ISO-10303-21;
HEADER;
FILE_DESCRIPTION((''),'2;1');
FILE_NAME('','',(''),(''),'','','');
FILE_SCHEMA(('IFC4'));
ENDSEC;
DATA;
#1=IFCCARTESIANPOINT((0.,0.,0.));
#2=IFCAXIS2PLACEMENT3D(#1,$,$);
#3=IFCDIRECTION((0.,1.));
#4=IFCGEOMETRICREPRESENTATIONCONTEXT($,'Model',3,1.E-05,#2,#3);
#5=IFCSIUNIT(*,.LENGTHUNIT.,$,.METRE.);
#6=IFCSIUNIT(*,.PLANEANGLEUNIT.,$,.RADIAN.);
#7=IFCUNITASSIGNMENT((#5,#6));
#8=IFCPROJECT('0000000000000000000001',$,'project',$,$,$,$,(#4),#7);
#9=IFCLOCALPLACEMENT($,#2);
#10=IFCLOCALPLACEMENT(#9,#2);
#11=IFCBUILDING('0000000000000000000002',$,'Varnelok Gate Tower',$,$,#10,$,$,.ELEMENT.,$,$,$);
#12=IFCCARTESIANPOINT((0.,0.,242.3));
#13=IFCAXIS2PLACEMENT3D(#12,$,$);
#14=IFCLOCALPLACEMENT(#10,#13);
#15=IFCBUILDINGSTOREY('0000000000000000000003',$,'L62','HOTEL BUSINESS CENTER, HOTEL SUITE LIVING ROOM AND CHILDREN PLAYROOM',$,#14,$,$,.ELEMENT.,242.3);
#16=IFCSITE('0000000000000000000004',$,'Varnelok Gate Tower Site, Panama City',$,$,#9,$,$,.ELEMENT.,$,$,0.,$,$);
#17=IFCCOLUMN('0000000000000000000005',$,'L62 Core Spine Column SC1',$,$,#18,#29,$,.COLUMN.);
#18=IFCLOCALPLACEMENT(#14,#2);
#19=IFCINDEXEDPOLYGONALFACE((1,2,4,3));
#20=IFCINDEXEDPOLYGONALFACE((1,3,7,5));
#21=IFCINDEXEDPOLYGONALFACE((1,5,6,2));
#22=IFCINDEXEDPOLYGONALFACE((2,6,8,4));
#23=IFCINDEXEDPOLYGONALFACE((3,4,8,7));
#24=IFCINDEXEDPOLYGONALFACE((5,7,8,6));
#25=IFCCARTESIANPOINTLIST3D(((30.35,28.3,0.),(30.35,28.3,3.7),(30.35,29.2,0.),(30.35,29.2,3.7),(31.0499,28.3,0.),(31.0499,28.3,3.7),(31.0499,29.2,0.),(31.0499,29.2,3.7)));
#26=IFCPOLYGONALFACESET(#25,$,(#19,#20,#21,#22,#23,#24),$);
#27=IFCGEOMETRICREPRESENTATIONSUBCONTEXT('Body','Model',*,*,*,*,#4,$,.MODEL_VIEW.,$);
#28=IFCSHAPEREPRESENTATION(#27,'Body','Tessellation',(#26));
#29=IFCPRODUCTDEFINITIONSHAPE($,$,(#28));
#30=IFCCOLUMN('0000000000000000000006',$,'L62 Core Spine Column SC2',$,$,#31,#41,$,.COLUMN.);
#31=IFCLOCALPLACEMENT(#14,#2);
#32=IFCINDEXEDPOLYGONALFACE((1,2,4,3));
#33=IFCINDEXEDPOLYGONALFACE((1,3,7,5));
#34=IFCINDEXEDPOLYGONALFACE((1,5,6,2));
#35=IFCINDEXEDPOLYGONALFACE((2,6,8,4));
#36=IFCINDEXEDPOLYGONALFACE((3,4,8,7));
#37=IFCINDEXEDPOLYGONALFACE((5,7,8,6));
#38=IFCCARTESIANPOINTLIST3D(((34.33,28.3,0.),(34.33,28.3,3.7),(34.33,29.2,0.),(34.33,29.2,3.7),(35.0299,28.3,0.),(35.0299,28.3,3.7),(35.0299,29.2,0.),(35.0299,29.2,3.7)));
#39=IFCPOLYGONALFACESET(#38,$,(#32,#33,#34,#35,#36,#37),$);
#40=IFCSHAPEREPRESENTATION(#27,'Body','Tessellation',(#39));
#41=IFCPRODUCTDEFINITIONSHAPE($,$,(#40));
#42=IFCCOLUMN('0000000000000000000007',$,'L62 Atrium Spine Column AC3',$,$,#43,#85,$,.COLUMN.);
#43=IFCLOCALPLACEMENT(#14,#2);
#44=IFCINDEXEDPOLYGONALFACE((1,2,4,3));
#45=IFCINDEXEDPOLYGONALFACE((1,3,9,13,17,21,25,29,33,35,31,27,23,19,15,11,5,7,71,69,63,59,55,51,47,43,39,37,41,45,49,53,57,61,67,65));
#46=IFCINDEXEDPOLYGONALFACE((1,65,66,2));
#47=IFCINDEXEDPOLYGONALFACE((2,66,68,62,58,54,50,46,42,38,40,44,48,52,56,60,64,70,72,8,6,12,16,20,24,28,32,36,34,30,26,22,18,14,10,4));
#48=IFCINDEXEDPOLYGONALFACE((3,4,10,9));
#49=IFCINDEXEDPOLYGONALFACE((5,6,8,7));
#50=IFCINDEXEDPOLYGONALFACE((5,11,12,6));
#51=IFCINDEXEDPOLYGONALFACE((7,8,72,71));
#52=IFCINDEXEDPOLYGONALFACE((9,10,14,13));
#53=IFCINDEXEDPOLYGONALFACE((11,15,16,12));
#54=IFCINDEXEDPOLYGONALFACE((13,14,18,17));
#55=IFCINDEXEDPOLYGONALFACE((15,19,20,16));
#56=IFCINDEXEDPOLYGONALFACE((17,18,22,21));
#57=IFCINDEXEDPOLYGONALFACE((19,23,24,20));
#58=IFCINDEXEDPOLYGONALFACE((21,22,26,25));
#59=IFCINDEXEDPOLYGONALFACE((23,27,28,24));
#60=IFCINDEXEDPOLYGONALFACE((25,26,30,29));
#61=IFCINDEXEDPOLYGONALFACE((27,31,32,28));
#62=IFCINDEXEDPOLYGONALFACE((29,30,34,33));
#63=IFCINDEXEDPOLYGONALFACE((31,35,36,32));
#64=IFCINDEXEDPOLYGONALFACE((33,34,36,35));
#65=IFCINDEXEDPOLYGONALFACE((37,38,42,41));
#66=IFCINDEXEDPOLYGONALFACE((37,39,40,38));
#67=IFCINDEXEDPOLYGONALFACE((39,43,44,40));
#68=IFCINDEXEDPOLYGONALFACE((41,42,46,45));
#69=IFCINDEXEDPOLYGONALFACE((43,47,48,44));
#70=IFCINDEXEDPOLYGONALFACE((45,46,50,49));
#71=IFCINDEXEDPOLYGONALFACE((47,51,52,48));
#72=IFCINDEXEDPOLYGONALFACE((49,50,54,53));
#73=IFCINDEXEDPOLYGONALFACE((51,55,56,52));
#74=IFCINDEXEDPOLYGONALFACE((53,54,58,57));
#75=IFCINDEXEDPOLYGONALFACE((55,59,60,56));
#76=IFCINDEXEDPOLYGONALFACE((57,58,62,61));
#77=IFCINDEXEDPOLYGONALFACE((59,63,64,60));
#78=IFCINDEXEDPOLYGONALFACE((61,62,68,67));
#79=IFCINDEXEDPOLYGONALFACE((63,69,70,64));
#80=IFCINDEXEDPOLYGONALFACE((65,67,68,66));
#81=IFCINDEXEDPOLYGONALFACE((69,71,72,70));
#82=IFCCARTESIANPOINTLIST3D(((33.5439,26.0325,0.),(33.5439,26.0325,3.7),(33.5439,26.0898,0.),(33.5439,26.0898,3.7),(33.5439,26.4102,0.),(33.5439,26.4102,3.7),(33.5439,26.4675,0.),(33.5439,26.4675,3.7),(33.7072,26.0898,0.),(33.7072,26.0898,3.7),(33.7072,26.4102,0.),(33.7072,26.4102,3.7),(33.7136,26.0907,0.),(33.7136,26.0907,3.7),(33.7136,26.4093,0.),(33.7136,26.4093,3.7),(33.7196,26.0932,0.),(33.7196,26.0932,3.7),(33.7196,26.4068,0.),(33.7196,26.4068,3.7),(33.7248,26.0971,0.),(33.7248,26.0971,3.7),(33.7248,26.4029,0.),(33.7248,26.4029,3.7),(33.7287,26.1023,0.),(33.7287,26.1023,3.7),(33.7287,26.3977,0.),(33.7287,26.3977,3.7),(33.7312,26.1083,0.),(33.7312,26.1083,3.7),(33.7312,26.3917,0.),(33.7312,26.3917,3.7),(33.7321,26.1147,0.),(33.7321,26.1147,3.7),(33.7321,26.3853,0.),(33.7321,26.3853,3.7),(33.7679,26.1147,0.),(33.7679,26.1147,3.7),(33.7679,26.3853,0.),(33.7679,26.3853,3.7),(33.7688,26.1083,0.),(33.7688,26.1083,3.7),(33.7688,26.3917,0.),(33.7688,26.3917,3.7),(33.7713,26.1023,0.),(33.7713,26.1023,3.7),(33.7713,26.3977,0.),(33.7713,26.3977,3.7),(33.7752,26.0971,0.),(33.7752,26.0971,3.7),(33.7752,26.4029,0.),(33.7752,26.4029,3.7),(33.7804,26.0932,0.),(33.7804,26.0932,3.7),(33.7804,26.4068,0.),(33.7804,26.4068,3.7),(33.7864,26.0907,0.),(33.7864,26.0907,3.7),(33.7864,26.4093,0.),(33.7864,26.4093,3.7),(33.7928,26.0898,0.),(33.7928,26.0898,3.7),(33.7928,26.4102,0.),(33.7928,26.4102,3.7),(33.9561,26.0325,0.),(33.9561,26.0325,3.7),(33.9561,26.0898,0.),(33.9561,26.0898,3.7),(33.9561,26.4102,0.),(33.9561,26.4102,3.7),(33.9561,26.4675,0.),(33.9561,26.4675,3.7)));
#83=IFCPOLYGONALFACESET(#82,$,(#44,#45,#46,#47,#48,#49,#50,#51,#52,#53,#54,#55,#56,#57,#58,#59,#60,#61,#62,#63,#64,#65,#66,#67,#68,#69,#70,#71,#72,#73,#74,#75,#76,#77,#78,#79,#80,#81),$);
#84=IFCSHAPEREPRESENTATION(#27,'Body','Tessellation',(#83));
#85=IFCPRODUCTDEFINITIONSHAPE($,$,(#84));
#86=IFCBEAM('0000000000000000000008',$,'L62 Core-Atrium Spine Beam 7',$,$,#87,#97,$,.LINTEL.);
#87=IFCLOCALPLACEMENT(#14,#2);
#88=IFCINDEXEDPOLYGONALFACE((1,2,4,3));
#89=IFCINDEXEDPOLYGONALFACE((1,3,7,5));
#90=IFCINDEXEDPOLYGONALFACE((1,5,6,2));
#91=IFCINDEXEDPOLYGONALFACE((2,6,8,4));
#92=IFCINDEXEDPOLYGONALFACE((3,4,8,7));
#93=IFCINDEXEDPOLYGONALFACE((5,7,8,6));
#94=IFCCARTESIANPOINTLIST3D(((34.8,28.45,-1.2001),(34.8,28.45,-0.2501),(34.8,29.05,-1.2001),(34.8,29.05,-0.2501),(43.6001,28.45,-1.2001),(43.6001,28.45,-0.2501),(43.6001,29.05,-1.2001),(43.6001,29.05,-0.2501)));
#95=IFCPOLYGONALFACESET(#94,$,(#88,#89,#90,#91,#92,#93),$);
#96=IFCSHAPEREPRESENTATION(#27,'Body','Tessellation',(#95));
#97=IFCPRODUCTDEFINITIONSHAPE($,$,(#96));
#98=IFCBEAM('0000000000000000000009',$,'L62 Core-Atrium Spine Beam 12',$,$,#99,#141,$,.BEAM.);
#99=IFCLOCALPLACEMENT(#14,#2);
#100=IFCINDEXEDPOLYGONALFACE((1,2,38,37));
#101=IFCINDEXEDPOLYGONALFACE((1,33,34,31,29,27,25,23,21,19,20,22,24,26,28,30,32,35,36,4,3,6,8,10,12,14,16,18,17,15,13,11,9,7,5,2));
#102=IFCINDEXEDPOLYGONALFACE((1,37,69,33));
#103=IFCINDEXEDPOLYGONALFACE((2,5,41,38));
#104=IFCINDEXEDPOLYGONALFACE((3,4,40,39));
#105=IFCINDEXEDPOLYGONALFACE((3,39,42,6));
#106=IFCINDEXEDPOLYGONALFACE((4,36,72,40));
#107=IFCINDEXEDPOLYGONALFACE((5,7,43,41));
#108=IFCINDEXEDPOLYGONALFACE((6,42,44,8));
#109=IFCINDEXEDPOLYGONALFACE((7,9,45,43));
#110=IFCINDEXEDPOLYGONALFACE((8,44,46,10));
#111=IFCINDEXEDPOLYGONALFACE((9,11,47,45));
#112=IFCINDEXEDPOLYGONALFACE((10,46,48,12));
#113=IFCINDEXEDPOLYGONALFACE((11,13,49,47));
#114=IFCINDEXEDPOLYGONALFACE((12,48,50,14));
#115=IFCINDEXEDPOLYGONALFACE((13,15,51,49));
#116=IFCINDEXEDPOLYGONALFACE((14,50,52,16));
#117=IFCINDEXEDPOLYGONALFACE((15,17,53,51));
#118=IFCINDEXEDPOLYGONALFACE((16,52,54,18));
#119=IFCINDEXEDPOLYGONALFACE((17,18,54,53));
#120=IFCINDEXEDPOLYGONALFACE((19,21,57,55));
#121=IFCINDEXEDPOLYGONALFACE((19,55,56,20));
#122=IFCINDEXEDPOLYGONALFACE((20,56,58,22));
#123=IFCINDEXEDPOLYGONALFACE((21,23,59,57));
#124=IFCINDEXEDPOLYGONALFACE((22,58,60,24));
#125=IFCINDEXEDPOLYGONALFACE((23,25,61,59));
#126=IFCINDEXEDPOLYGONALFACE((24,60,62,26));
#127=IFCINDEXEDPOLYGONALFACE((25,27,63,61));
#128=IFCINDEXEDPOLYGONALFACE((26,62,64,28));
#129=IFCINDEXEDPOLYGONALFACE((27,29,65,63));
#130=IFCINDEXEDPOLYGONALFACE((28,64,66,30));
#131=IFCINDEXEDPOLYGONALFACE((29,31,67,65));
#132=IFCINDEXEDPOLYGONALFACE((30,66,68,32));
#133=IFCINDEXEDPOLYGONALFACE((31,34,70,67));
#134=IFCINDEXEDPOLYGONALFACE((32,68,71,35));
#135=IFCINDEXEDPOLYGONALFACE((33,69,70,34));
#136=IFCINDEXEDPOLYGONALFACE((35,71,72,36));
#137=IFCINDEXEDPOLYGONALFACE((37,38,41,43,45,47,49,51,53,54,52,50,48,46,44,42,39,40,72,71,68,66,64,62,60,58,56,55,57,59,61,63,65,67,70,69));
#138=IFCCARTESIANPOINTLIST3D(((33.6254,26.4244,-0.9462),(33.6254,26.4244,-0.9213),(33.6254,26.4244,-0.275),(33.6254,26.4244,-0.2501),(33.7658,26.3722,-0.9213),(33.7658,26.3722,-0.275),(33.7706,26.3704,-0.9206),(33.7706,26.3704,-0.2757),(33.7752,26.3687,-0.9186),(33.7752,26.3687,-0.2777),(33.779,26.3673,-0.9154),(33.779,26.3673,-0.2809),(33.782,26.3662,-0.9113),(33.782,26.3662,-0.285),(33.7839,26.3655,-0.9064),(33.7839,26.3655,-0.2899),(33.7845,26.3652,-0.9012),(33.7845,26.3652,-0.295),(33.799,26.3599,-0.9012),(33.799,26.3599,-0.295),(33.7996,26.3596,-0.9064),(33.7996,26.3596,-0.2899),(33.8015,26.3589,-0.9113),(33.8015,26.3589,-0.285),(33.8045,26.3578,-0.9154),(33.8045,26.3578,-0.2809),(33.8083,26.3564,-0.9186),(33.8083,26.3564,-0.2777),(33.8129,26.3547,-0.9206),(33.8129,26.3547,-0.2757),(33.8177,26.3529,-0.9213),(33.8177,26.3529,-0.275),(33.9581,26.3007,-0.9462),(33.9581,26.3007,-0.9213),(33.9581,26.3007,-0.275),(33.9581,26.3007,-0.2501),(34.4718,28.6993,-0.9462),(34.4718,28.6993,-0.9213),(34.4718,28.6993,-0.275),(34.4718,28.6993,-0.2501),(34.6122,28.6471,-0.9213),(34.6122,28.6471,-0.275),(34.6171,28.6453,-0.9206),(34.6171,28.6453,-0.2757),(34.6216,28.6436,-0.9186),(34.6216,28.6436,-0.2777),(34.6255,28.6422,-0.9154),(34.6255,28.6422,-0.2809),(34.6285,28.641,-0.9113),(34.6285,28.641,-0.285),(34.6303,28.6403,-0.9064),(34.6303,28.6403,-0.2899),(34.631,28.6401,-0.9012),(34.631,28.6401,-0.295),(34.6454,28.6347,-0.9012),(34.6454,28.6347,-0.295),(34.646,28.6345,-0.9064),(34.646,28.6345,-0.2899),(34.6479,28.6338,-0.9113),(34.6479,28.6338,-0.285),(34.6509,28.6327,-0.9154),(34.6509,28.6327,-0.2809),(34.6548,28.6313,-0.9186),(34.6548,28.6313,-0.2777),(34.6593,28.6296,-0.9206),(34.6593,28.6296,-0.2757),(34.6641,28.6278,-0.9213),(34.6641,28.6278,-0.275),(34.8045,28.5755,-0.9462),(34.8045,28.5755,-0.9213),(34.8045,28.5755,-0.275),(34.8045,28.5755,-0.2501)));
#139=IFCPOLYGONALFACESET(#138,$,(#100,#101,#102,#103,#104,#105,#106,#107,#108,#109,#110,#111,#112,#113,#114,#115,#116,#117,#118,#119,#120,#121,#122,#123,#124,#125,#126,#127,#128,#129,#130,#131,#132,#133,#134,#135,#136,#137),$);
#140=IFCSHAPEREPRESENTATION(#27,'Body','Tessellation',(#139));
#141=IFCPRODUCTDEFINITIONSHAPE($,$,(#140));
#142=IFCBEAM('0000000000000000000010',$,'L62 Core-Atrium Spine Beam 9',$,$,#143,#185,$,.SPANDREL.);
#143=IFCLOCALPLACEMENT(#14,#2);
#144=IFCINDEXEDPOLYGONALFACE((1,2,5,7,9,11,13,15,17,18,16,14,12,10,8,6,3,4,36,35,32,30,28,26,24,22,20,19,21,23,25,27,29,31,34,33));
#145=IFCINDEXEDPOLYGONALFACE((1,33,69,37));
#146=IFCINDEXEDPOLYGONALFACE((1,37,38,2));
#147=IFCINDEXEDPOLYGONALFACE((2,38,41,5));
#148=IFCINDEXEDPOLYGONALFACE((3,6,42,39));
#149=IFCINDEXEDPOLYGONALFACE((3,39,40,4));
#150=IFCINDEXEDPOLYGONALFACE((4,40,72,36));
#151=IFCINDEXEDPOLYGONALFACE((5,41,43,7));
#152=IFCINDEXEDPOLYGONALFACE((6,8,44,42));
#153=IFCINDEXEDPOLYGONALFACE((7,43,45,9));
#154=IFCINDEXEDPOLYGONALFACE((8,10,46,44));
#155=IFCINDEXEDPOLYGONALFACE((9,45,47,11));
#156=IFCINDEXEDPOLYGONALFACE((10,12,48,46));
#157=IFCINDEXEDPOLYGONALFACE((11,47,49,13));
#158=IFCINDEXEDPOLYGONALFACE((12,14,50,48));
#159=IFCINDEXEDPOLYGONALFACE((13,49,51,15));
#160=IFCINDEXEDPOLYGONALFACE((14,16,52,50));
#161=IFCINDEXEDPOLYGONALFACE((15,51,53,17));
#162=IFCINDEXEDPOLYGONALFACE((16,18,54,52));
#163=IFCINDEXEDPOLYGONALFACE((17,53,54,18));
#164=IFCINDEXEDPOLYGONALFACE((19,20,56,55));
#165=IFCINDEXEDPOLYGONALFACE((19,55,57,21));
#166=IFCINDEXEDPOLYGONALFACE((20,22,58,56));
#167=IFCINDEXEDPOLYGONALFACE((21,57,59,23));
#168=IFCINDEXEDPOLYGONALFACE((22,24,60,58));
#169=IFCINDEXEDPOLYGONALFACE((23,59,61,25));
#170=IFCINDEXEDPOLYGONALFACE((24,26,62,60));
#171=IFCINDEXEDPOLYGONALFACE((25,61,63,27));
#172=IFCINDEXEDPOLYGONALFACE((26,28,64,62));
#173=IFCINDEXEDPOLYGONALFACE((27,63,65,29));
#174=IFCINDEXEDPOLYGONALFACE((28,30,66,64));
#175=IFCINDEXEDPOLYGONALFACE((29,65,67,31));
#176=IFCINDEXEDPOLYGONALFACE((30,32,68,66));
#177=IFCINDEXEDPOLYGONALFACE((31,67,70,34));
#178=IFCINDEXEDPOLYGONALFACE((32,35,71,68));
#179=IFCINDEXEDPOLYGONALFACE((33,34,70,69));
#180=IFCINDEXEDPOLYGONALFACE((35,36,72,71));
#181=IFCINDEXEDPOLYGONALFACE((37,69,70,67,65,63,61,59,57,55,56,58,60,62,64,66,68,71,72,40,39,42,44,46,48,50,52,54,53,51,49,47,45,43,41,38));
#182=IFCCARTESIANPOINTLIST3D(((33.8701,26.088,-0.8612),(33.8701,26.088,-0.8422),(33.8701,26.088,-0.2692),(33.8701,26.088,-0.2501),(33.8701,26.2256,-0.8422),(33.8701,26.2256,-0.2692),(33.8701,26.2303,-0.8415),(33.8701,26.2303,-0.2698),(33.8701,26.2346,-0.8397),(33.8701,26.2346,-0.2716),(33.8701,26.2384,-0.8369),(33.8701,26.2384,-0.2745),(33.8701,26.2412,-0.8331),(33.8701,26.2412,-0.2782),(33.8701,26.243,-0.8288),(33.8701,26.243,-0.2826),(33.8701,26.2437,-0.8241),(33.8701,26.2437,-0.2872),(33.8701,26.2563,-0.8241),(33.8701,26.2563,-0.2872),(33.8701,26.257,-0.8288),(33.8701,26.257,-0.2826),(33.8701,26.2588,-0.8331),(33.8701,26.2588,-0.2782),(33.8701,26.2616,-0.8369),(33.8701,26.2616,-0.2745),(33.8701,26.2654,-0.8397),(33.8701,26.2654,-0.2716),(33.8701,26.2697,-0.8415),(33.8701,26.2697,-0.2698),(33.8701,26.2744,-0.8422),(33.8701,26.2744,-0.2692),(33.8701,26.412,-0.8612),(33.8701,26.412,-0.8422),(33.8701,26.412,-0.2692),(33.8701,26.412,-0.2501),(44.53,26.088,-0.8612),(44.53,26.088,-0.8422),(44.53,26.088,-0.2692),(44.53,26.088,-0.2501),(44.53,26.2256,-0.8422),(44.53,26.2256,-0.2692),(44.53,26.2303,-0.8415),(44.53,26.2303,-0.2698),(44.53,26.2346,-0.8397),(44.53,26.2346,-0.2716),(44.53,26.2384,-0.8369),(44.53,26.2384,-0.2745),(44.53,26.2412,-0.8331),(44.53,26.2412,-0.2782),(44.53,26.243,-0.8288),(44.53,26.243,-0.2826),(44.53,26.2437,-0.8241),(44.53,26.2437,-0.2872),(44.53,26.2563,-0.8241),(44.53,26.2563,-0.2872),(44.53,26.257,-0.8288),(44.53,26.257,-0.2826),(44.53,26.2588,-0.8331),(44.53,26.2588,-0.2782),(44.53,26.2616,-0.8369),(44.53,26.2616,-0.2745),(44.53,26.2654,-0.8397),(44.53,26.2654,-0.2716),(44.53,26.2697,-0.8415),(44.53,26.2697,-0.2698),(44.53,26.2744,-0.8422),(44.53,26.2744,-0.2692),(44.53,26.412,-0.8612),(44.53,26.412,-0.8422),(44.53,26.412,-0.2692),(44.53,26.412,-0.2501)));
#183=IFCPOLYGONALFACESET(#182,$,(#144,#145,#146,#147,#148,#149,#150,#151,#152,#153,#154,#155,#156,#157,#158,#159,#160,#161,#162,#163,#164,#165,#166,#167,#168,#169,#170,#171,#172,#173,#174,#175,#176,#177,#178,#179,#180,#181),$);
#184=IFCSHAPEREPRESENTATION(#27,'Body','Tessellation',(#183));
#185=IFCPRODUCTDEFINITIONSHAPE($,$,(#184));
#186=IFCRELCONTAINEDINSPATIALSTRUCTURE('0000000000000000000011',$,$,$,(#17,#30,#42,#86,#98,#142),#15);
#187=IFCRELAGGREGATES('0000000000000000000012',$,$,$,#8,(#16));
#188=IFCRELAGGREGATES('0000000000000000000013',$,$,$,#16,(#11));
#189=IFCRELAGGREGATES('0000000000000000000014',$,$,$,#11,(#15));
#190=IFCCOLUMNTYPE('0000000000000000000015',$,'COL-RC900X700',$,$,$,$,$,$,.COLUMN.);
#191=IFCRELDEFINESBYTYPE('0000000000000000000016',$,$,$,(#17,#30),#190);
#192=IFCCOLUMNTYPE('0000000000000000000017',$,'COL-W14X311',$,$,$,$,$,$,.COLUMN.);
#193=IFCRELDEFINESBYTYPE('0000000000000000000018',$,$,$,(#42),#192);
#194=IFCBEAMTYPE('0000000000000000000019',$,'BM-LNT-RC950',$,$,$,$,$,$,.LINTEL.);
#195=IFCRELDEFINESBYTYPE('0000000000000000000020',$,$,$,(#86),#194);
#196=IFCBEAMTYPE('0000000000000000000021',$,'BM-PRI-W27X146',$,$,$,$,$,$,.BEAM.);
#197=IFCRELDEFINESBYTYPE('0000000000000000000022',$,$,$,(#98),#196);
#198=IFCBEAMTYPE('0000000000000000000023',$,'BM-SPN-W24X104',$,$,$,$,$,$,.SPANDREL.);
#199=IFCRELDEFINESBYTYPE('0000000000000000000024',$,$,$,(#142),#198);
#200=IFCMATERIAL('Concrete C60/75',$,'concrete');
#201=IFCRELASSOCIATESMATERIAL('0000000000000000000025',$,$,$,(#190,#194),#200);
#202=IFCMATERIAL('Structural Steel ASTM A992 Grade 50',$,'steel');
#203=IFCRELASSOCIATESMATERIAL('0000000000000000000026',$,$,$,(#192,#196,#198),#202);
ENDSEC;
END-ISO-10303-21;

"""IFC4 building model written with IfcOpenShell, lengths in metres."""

from ifc_helpers import new_model, si_unit, direction, frame, origin, origin_2d, place, context, subcontext, project, spatial, rectangle, i_section, extrude, material, material_profile, profile_set, type_object, element, save


model = new_model("IFC4")

# Units and contexts
model_context = context("Model", 3, precision=1e-05, world=origin(), true_north=direction((0.0, 1.0)))
body_context = subcontext(model_context, "Body", "Model", "MODEL_VIEW")
ifc_project = project(units=[si_unit("LENGTHUNIT", "METRE"), si_unit("PLANEANGLEUNIT", "RADIAN")], contexts=[model_context])

# Site, building, storey
site_placement = place(None, origin())
site = spatial("IfcSite", under=ifc_project, at=site_placement, Name="Varnelok Gate Tower Site, Panama City", CompositionType="ELEMENT", RefElevation=0.0)
building_placement = place(site_placement, origin())
building = spatial("IfcBuilding", under=site, at=building_placement, Name="Varnelok Gate Tower", CompositionType="ELEMENT")
storey_placement = place(building_placement, frame((0.0, 0.0, 242.3)))
storey = spatial("IfcBuildingStorey", under=building, at=storey_placement, Name="L62", Description="HOTEL BUSINESS CENTER, HOTEL SUITE LIVING ROOM AND CHILDREN PLAYROOM", CompositionType="ELEMENT", Elevation=242.3)

# Columns
ifc_material_1 = material(Name="Concrete C60/75", Category="concrete")
ifc_material_profile_1 = material_profile(ifc_material_1, rectangle(XDim=0.7, YDim=0.8999, at=origin_2d()), Name="RC900X700")
ifc_profile_set_1 = profile_set([ifc_material_profile_1], Name="Concrete C60/75")
column_type_1 = type_object("IfcColumnType", Name="COL-RC900X700", PredefinedType="COLUMN", material=ifc_profile_set_1)
for number, where, z_axis, x_axis, name in (
    (1, (30.7, 28.75, 0.0), (0.0, 0.0, 1.0), (1.0, 0.0, 0.0), "L62 Core Spine Column SC1"),
    (2, (34.6799, 28.75, 0.0), (0.0, 0.0, 1.0), (1.0, 0.0, 0.0), "L62 Core Spine Column SC2"),
):
    element("IfcColumn", number, at=place(storey_placement, frame(where, z_axis=z_axis, x_axis=x_axis)), inside=storey, type_object=column_type_1, Name=name, PredefinedType="COLUMN", context=body_context, shape_type="SweptSolid", body=[
        extrude(rectangle(XDim=0.7, YDim=0.8999, at=origin_2d()), origin(), (0.0, 0.0, 1.0), 3.7),
    ])
ifc_material_2 = material(Name="Structural Steel ASTM A992 Grade 50", Category="steel")
ifc_material_profile_2 = material_profile(ifc_material_2, i_section(OverallWidth=0.4121, OverallDepth=0.4351, WebThickness=0.0359, FlangeThickness=0.0574, FilletRadius=0.0249, at=origin_2d()), Name="W14X311")
ifc_profile_set_2 = profile_set([ifc_material_profile_2], Name="Structural Steel ASTM A992 Grade 50")
column_type_2 = type_object("IfcColumnType", Name="COL-W14X311", PredefinedType="COLUMN", material=ifc_profile_set_2)
column_placement = place(storey_placement, frame((33.75, 26.25, 0.0), z_axis=(0.0, 0.0, 1.0), x_axis=(1.0, 0.0, 0.0)))
element("IfcColumn", 3, at=column_placement, inside=storey, type_object=column_type_2, Name="L62 Atrium Spine Column AC3", PredefinedType="COLUMN", context=body_context, shape_type="SweptSolid", body=[
    extrude(i_section(OverallWidth=0.4121, OverallDepth=0.4351, WebThickness=0.0359, FlangeThickness=0.0574, FilletRadius=0.0249, at=origin_2d()), origin(), (0.0, 0.0, 1.0), 3.7),
])

# Beams
ifc_material_profile_3 = material_profile(ifc_material_1, rectangle(XDim=0.6001, YDim=0.95, at=origin_2d()), Name="RC950X600")
ifc_profile_set_3 = profile_set([ifc_material_profile_3], Name="Concrete C60/75")
beam_type_1 = type_object("IfcBeamType", Name="BM-LNT-RC950", PredefinedType="LINTEL", material=ifc_profile_set_3)
beam_1_placement = place(storey_placement, frame((34.8, 28.75, -0.7251), z_axis=(1.0, 0.0, 0.0), x_axis=(0.0, 1.0, 0.0)))
element("IfcBeam", 4, at=beam_1_placement, inside=storey, type_object=beam_type_1, Name="L62 Core-Atrium Spine Beam 7", PredefinedType="LINTEL", context=body_context, shape_type="SweptSolid", body=[
    extrude(rectangle(XDim=0.6001, YDim=0.95, at=origin_2d()), origin(), (0.0, 0.0, 1.0), 8.8),
])
ifc_material_profile_4 = material_profile(ifc_material_2, i_section(OverallWidth=0.355, OverallDepth=0.696, WebThickness=0.0154, FlangeThickness=0.0249, FilletRadius=0.02, at=origin_2d()), Name="W27X146")
ifc_profile_set_4 = profile_set([ifc_material_profile_4], Name="Structural Steel ASTM A992 Grade 50")
beam_type_2 = type_object("IfcBeamType", Name="BM-PRI-W27X146", PredefinedType="BEAM", material=ifc_profile_set_4)
beam_2_placement = place(storey_placement, frame((33.7917, 26.3625, -0.5981), z_axis=(0.348719, 0.937227, 0.0), x_axis=(-0.937227, 0.348719, 0.0)))
element("IfcBeam", 5, at=beam_2_placement, inside=storey, type_object=beam_type_2, Name="L62 Core-Atrium Spine Beam 12", PredefinedType="BEAM", context=body_context, shape_type="SweptSolid", body=[
    extrude(i_section(OverallWidth=0.355, OverallDepth=0.696, WebThickness=0.0154, FlangeThickness=0.0249, FilletRadius=0.02, at=origin_2d()), origin(), (0.0, 0.0, 1.0), 2.4272),
])
ifc_material_profile_5 = material_profile(ifc_material_2, i_section(OverallWidth=0.324, OverallDepth=0.6111, WebThickness=0.0127, FlangeThickness=0.019, FilletRadius=0.0181, at=origin_2d()), Name="W24X104")
ifc_profile_set_5 = profile_set([ifc_material_profile_5], Name="Structural Steel ASTM A992 Grade 50")
beam_type_3 = type_object("IfcBeamType", Name="BM-SPN-W24X104", PredefinedType="SPANDREL", material=ifc_profile_set_5)
beam_3_placement = place(storey_placement, frame((33.8701, 26.25, -0.5557), z_axis=(1.0, 0.0, 0.0), x_axis=(0.0, 1.0, 0.0)))
element("IfcBeam", 6, at=beam_3_placement, inside=storey, type_object=beam_type_3, Name="L62 Core-Atrium Spine Beam 9", PredefinedType="SPANDREL", context=body_context, shape_type="SweptSolid", body=[
    extrude(i_section(OverallWidth=0.324, OverallDepth=0.6111, WebThickness=0.0127, FlangeThickness=0.019, FilletRadius=0.0181, at=origin_2d()), origin(), (0.0, 0.0, 1.0), 10.6599),
])

save(model, "model.ifc")
